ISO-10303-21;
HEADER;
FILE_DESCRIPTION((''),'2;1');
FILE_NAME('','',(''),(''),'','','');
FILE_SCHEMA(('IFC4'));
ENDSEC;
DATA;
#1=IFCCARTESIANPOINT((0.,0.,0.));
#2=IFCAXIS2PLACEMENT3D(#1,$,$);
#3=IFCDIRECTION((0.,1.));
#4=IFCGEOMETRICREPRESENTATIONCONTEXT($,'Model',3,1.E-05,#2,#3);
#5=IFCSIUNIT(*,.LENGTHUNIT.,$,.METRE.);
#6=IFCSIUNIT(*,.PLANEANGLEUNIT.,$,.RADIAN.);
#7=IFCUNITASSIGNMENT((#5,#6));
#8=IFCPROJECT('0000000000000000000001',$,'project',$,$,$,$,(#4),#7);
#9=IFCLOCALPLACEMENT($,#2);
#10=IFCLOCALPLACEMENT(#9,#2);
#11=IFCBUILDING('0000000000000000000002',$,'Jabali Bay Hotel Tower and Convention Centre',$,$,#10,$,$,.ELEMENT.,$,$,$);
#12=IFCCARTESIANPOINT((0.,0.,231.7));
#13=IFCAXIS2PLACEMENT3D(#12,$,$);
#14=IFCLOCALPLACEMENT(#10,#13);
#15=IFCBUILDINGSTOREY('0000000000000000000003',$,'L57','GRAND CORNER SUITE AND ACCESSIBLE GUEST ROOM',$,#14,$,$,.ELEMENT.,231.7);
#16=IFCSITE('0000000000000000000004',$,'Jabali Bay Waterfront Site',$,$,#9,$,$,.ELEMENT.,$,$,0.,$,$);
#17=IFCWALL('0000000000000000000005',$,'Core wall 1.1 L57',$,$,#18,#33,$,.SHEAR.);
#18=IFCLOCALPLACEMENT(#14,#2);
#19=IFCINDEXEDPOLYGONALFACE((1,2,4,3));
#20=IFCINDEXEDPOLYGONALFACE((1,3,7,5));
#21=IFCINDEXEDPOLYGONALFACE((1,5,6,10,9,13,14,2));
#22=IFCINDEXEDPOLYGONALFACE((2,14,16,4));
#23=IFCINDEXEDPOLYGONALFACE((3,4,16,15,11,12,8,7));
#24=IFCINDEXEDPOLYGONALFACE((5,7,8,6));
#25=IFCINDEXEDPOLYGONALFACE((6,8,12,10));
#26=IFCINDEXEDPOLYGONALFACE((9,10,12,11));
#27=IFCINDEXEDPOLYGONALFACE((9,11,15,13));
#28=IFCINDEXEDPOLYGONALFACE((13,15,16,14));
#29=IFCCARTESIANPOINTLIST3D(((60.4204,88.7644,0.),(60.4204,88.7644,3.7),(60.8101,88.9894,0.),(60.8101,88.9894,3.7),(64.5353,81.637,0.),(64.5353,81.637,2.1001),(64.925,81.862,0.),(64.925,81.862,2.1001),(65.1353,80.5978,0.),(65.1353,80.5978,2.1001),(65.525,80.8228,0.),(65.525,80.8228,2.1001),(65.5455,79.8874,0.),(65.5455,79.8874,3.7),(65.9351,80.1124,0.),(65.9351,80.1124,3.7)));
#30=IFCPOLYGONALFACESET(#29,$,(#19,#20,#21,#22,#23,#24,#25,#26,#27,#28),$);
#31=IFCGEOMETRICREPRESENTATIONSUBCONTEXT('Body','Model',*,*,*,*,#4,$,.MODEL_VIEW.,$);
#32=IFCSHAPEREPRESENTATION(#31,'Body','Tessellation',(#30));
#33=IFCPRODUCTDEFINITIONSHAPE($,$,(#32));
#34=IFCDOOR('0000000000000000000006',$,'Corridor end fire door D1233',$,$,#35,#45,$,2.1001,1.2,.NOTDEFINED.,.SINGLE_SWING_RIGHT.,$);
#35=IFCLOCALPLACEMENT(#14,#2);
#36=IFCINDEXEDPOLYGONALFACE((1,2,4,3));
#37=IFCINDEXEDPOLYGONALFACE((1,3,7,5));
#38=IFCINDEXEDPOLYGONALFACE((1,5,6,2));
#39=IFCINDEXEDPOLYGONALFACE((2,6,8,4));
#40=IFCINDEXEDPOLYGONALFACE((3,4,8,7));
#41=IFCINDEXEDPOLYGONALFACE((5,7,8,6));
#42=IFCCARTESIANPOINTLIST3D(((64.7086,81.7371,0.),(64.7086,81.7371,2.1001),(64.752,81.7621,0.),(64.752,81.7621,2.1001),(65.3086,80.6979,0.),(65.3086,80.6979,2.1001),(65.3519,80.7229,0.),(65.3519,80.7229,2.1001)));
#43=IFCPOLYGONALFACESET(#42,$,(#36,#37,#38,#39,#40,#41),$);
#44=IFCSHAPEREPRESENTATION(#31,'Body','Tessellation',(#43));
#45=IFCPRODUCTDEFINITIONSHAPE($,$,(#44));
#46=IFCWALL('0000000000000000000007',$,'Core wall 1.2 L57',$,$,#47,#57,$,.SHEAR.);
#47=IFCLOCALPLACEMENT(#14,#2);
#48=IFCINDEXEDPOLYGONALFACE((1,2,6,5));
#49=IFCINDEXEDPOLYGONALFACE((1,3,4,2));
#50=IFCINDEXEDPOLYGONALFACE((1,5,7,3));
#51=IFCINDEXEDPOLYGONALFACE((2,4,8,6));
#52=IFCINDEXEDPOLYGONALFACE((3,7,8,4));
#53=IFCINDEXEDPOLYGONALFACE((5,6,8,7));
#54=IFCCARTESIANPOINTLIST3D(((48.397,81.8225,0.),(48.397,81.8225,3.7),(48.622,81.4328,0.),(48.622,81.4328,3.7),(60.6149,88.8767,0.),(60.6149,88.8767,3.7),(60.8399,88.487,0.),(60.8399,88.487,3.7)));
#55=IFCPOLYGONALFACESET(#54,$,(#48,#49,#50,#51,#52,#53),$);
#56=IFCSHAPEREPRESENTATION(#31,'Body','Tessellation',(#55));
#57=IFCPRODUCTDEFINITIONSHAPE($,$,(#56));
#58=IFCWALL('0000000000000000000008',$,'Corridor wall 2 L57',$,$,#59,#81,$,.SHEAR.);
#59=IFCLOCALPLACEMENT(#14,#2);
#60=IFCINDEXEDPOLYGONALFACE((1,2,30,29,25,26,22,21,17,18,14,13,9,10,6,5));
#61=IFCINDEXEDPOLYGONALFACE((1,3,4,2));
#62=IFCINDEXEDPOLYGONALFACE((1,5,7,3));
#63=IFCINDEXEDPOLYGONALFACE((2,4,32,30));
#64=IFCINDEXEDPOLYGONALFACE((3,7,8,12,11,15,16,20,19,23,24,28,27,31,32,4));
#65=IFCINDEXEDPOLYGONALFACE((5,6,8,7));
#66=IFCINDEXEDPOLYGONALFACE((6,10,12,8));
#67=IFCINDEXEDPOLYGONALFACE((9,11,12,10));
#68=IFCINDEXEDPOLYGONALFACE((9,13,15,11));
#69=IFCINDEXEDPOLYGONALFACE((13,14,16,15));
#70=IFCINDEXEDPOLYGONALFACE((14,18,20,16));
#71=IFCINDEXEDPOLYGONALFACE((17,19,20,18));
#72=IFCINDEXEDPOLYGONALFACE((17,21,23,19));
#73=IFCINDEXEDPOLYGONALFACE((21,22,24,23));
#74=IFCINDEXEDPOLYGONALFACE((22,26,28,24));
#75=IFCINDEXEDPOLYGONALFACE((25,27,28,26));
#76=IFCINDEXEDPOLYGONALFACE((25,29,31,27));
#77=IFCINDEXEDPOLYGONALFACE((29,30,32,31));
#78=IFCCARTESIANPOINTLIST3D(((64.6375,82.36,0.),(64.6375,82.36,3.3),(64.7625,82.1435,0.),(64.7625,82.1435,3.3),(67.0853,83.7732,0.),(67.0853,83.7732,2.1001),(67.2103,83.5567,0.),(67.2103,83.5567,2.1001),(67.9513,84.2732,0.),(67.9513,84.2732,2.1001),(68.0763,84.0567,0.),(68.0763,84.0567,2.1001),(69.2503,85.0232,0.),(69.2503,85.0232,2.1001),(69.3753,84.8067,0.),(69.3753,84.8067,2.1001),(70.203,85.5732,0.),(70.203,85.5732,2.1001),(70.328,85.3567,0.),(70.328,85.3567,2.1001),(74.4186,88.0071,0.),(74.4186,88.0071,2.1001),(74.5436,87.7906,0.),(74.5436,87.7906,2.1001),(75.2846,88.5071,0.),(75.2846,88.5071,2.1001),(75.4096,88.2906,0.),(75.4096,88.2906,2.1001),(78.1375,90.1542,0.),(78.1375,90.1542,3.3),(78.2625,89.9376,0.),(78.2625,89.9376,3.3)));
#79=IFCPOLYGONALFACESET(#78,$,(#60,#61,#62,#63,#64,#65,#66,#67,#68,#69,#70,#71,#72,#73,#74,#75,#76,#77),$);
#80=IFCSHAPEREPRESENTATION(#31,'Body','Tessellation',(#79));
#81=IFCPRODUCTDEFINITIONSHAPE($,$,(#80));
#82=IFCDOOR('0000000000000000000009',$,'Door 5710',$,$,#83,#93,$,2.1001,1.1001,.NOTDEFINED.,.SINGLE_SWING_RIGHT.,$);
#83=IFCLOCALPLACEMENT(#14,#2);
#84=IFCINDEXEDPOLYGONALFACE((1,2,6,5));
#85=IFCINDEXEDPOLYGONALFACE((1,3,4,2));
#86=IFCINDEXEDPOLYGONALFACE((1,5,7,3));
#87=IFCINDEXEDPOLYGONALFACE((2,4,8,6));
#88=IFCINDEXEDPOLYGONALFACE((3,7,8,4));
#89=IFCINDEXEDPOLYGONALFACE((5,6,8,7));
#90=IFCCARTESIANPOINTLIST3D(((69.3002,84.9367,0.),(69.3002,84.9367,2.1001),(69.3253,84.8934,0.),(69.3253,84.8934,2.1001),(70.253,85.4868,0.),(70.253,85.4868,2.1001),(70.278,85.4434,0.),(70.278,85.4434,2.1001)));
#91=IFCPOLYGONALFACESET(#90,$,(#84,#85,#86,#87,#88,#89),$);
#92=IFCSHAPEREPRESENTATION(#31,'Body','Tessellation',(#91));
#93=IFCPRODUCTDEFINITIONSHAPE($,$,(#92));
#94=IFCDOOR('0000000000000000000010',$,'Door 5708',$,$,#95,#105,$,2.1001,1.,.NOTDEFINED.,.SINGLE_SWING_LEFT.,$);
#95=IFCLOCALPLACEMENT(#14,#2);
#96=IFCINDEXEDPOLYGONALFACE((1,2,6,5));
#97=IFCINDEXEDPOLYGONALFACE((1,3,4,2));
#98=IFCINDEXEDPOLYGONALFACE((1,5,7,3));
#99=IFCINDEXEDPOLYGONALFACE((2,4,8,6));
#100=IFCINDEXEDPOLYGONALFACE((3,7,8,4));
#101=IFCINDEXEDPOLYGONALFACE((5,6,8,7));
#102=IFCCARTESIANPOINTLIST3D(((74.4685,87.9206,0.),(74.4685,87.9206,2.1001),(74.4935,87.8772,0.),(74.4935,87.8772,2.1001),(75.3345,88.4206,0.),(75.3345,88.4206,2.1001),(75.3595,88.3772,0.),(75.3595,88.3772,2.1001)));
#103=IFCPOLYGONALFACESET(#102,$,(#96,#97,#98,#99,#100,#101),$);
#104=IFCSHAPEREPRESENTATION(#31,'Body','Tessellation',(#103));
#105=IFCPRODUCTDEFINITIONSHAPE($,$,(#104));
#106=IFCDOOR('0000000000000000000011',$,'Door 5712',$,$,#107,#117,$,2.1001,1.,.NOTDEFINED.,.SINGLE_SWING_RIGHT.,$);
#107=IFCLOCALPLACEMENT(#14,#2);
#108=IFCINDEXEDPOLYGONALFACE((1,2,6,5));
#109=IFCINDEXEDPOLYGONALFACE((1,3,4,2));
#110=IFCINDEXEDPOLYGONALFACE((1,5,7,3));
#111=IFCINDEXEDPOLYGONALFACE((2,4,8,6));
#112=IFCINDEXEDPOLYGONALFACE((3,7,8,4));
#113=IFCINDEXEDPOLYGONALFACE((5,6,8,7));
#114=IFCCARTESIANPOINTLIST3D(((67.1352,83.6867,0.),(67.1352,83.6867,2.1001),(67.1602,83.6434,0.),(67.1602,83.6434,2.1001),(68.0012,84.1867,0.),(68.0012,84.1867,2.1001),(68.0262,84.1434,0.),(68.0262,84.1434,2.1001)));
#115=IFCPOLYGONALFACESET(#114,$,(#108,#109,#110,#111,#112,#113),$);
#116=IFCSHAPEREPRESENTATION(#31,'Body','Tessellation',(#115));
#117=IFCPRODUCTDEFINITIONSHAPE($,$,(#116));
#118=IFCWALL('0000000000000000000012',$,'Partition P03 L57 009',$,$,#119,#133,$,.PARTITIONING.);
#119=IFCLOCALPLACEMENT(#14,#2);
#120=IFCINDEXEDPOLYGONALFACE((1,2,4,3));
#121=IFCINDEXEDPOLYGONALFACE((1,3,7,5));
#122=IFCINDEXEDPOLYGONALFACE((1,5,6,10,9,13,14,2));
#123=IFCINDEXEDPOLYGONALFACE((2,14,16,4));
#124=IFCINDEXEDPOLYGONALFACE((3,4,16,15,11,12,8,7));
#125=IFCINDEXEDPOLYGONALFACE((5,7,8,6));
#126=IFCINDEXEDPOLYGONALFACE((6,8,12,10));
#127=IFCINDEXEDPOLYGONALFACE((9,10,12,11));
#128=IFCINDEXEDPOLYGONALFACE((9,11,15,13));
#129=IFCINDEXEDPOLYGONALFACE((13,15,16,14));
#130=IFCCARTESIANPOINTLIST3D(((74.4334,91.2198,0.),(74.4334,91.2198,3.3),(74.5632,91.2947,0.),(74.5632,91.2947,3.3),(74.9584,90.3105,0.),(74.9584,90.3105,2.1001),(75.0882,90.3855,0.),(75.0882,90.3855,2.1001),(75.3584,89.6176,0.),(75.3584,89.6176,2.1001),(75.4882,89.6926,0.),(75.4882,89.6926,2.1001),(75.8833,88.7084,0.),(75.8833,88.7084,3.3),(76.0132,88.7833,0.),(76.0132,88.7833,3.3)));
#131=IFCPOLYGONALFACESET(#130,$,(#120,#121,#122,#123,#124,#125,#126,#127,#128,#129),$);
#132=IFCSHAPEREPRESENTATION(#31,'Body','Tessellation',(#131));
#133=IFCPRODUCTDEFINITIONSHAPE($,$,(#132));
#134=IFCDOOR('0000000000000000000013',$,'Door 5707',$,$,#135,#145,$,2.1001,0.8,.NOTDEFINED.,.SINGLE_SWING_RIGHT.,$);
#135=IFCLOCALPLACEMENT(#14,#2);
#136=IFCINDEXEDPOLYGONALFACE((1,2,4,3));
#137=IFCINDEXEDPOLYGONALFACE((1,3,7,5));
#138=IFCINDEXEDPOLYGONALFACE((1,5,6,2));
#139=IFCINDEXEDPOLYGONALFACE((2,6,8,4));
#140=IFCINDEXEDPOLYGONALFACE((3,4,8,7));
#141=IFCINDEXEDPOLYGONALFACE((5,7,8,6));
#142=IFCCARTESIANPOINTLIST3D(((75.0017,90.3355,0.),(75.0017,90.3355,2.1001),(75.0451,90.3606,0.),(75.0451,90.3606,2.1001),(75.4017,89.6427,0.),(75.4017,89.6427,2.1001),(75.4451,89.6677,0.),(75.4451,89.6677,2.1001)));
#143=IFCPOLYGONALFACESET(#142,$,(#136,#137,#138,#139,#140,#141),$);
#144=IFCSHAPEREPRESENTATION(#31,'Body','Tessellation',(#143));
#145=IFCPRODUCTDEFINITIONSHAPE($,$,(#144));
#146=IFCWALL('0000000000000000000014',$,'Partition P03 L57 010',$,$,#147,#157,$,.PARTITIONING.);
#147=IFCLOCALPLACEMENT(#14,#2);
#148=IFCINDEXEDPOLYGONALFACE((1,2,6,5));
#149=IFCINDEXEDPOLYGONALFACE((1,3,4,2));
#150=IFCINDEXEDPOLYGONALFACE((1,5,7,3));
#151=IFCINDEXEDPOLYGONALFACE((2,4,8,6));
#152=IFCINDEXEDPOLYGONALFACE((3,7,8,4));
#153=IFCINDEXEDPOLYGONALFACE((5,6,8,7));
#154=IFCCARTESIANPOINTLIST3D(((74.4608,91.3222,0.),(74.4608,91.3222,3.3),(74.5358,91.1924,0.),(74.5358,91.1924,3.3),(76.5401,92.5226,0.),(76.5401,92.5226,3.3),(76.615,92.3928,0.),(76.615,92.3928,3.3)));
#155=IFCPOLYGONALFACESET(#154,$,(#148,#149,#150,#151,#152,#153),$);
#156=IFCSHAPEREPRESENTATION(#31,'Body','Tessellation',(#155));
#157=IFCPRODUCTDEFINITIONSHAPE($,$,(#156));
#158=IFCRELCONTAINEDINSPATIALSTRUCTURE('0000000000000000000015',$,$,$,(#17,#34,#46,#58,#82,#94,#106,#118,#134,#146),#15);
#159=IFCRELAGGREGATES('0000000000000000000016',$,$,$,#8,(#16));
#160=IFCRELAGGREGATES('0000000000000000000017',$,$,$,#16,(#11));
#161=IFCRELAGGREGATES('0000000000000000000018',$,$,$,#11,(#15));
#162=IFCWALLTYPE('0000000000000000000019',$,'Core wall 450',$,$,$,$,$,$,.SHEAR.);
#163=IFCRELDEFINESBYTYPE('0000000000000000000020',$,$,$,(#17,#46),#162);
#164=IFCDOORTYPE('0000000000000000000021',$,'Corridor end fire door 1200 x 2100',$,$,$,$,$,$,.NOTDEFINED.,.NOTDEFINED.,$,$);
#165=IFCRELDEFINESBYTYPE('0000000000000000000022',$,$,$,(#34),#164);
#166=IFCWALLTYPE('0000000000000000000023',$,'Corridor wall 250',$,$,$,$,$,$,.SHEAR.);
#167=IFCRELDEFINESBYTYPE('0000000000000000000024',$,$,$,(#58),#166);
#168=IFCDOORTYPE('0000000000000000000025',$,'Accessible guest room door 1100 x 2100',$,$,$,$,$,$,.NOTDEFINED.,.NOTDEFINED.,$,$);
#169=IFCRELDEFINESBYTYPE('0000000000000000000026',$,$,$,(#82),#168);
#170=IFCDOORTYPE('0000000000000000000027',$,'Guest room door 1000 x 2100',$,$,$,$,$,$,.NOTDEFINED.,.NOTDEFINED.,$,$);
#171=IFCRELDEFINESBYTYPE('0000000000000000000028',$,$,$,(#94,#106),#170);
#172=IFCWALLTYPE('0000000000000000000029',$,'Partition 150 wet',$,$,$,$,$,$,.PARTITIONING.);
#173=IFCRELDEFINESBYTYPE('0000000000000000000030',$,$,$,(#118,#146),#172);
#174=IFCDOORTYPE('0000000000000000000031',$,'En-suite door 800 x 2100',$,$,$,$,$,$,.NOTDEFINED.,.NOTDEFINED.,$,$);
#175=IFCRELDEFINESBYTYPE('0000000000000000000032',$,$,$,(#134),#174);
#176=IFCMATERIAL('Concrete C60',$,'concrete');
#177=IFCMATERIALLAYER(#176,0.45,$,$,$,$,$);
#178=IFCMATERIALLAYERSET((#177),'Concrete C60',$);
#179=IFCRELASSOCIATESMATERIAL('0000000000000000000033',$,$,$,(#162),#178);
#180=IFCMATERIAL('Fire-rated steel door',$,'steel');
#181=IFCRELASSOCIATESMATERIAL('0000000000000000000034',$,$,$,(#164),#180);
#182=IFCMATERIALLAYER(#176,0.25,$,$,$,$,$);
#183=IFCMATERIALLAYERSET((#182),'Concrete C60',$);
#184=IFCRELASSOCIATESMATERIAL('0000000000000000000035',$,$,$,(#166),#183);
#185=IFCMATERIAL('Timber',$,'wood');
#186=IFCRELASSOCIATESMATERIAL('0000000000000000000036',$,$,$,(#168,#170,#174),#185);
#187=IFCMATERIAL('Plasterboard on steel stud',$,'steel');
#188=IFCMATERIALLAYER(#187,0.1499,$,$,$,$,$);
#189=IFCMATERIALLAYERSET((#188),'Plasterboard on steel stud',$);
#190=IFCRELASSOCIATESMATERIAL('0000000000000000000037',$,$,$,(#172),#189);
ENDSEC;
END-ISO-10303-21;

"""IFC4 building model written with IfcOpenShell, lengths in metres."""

from ifc_helpers import new_model, si_unit, direction, frame, frame_2d, origin, place, context, subcontext, project, spatial, rectangle, extrude, material, layer, layer_set, type_object, element, fill, save


model = new_model("IFC4")

# Units and contexts
model_context = context("Model", 3, precision=1e-05, world=origin(), true_north=direction((0.0, 1.0)))
body_context = subcontext(model_context, "Body", "Model", "MODEL_VIEW")
ifc_project = project(units=[si_unit("LENGTHUNIT", "METRE"), si_unit("PLANEANGLEUNIT", "RADIAN")], contexts=[model_context])

# Site, building, storey
site_placement = place(None, origin())
site = spatial("IfcSite", under=ifc_project, at=site_placement, Name="Jabali Bay Waterfront Site", CompositionType="ELEMENT", RefElevation=0.0)
building_placement = place(site_placement, origin())
building = spatial("IfcBuilding", under=site, at=building_placement, Name="Jabali Bay Hotel Tower and Convention Centre", CompositionType="ELEMENT")
storey_placement = place(building_placement, frame((0.0, 0.0, 231.7)))
storey = spatial("IfcBuildingStorey", under=building, at=storey_placement, Name="L57", Description="GRAND CORNER SUITE AND ACCESSIBLE GUEST ROOM", CompositionType="ELEMENT", Elevation=231.7)

# Shared definitions
ifc_material_1 = material(Name="Fire-rated steel door", Category="steel")

# Wall, opening, door
ifc_material_2 = material(Name="Concrete C60", Category="concrete")
ifc_layer_1 = layer(ifc_material_2, 0.45)
ifc_layer_set_1 = layer_set([ifc_layer_1], Name="Concrete C60")
wall_type_1 = type_object("IfcWallType", Name="Core wall 450", PredefinedType="SHEAR", material=ifc_layer_set_1)
wall_1_placement = place(storey_placement, frame((65.7402, 80.0, 0.0), z_axis=(0.0, 0.0, 1.0), x_axis=(-0.499992, 0.86603, 0.0)))
wall_1 = element("IfcWall", 1, at=wall_1_placement, inside=storey, type_object=wall_type_1, Name="Core wall 1.1 L57", PredefinedType="SHEAR", context=body_context, shape_type="SweptSolid", body=[
    extrude(rectangle(XDim=10.2502, YDim=0.45, at=frame_2d((5.125, 0.0))), origin(), (0.0, 0.0, 1.0), 3.7),
])
opening_1_placement = place(wall_1_placement, frame((0.8201, 0.0, 0.0)))
opening_1 = element("IfcOpeningElement", 2, at=opening_1_placement, cuts=wall_1, PredefinedType="OPENING", context=body_context, shape_type="SweptSolid", body=[
    extrude(rectangle(XDim=1.2, YDim=2.1001, at=frame_2d((0.6001, 1.05))), frame((0.0, 0.2354, 0.0), z_axis=(0.0, -1.0, 0.0), x_axis=(1.0, 0.0, 0.0)), (0.0, 0.0, 1.0), 0.4709),
])
door_type_1 = type_object("IfcDoorType", Name="Corridor end fire door 1200 x 2100", OperationType="NOTDEFINED", PredefinedType="NOTDEFINED", material=ifc_material_1)
door_1_placement = place(opening_1_placement, origin())
door_1 = element("IfcDoor", 3, at=door_1_placement, inside=storey, type_object=door_type_1, Name="Corridor end fire door D1233", OperationType="SINGLE_SWING_RIGHT", OverallHeight=2.1001, OverallWidth=1.2, PredefinedType="NOTDEFINED", context=body_context, shape_type="SweptSolid", body=[
    extrude(rectangle(XDim=1.2, YDim=2.1001, at=frame_2d((0.6001, 1.05))), frame((0.0, 0.0249, 0.0), z_axis=(0.0, -1.0, 0.0), x_axis=(1.0, 0.0, 0.0)), (0.0, 0.0, 1.0), 0.05),
])
fill(opening_1, door_1)

# Wall
wall_2_placement = place(storey_placement, frame((60.7275, 88.6819, 0.0), z_axis=(0.0, 0.0, 1.0), x_axis=(-0.866022, -0.500007, 0.0)))
element("IfcWall", 4, at=wall_2_placement, inside=storey, type_object=wall_type_1, Name="Core wall 1.2 L57", PredefinedType="SHEAR", context=body_context, shape_type="SweptSolid", body=[
    extrude(rectangle(XDim=14.1082, YDim=0.45, at=frame_2d((7.0542, 0.0))), origin(), (0.0, 0.0, 1.0), 3.7),
])

# Wall, openings, doors
ifc_layer_2 = layer(ifc_material_2, 0.25)
ifc_layer_set_2 = layer_set([ifc_layer_2], Name="Concrete C60")
wall_type_2 = type_object("IfcWallType", Name="Corridor wall 250", PredefinedType="SHEAR", material=ifc_layer_set_2)
wall_3_placement = place(storey_placement, frame((78.2, 90.0459, 0.0), z_axis=(0.0, 0.0, 1.0), x_axis=(-0.866026, -0.499998, 0.0)))
wall_3 = element("IfcWall", 5, at=wall_3_placement, inside=storey, type_object=wall_type_2, Name="Corridor wall 2 L57", PredefinedType="SHEAR", context=body_context, shape_type="SweptSolid", body=[
    extrude(rectangle(XDim=15.5884, YDim=0.25, at=frame_2d((7.7942, 0.0))), origin(), (0.0, 0.0, 1.0), 3.3),
])
opening_2_placement = place(wall_3_placement, frame((3.2942, 0.0, 0.0)))
opening_2 = element("IfcOpeningElement", 6, at=opening_2_placement, cuts=wall_3, PredefinedType="OPENING", context=body_context, shape_type="SweptSolid", body=[
    extrude(rectangle(XDim=1.0, YDim=2.1001, at=frame_2d((0.5, 1.05))), frame((0.0, 0.1355, 0.0), z_axis=(0.0, -1.0, 0.0), x_axis=(1.0, 0.0, 0.0)), (0.0, 0.0, 1.0), 0.271),
])
opening_3_placement = place(wall_3_placement, frame((9.1619, 0.0, 0.0)))
opening_3 = element("IfcOpeningElement", 7, at=opening_3_placement, cuts=wall_3, PredefinedType="OPENING", context=body_context, shape_type="SweptSolid", body=[
    extrude(rectangle(XDim=1.1001, YDim=2.1001, at=frame_2d((0.55, 1.05))), frame((0.0, 0.1355, 0.0), z_axis=(0.0, -1.0, 0.0), x_axis=(1.0, 0.0, 0.0)), (0.0, 0.0, 1.0), 0.271),
])
opening_4_placement = place(wall_3_placement, frame((11.762, 0.0, 0.0)))
opening_4 = element("IfcOpeningElement", 8, at=opening_4_placement, cuts=wall_3, PredefinedType="OPENING", context=body_context, shape_type="SweptSolid", body=[
    extrude(rectangle(XDim=1.0, YDim=2.1001, at=frame_2d((0.5, 1.05))), frame((0.0, 0.1355, 0.0), z_axis=(0.0, -1.0, 0.0), x_axis=(1.0, 0.0, 0.0)), (0.0, 0.0, 1.0), 0.271),
])
ifc_material_3 = material(Name="Timber", Category="wood")
door_type_2 = type_object("IfcDoorType", Name="Accessible guest room door 1100 x 2100", OperationType="NOTDEFINED", PredefinedType="NOTDEFINED", material=ifc_material_3)
door_2_placement = place(opening_3_placement, origin())
door_2 = element("IfcDoor", 9, at=door_2_placement, inside=storey, type_object=door_type_2, Name="Door 5710", OperationType="SINGLE_SWING_RIGHT", OverallHeight=2.1001, OverallWidth=1.1001, PredefinedType="NOTDEFINED", context=body_context, shape_type="SweptSolid", body=[
    extrude(rectangle(XDim=1.1001, YDim=2.1001, at=frame_2d((0.55, 1.05))), frame((0.0, 0.0249, 0.0), z_axis=(0.0, -1.0, 0.0), x_axis=(1.0, 0.0, 0.0)), (0.0, 0.0, 1.0), 0.05),
])
fill(opening_3, door_2)
door_type_3 = type_object("IfcDoorType", Name="Guest room door 1000 x 2100", OperationType="NOTDEFINED", PredefinedType="NOTDEFINED", material=ifc_material_3)
door_3_placement = place(opening_2_placement, origin())
door_3 = element("IfcDoor", 10, at=door_3_placement, inside=storey, type_object=door_type_3, Name="Door 5708", OperationType="SINGLE_SWING_LEFT", OverallHeight=2.1001, OverallWidth=1.0, PredefinedType="NOTDEFINED", context=body_context, shape_type="SweptSolid", body=[
    extrude(rectangle(XDim=1.0, YDim=2.1001, at=frame_2d((0.5, 1.05))), frame((0.0, 0.0249, 0.0), z_axis=(0.0, -1.0, 0.0), x_axis=(1.0, 0.0, 0.0)), (0.0, 0.0, 1.0), 0.05),
])
fill(opening_2, door_3)
door_4_placement = place(opening_4_placement, origin())
door_4 = element("IfcDoor", 11, at=door_4_placement, inside=storey, type_object=door_type_3, Name="Door 5712", OperationType="SINGLE_SWING_RIGHT", OverallHeight=2.1001, OverallWidth=1.0, PredefinedType="NOTDEFINED", context=body_context, shape_type="SweptSolid", body=[
    extrude(rectangle(XDim=1.0, YDim=2.1001, at=frame_2d((0.5, 1.05))), frame((0.0, 0.0249, 0.0), z_axis=(0.0, -1.0, 0.0), x_axis=(1.0, 0.0, 0.0)), (0.0, 0.0, 1.0), 0.05),
])
fill(opening_4, door_4)

# Wall, opening, door
ifc_material_4 = material(Name="Plasterboard on steel stud", Category="steel")
ifc_layer_3 = layer(ifc_material_4, 0.1499)
ifc_layer_set_3 = layer_set([ifc_layer_3], Name="Plasterboard on steel stud")
wall_type_3 = type_object("IfcWallType", Name="Partition 150 wet", PredefinedType="PARTITIONING", material=ifc_layer_set_3)
wall_4_placement = place(storey_placement, frame((75.9482, 88.7458, 0.0), z_axis=(0.0, 0.0, 1.0), x_axis=(-0.499987, 0.866033, 0.0)))
wall_4 = element("IfcWall", 12, at=wall_4_placement, inside=storey, type_object=wall_type_3, Name="Partition P03 L57 009", PredefinedType="PARTITIONING", context=body_context, shape_type="SweptSolid", body=[
    extrude(rectangle(XDim=2.8999, YDim=0.1499, at=frame_2d((1.45, 0.0))), origin(), (0.0, 0.0, 1.0), 3.3),
])
opening_5_placement = place(wall_4_placement, frame((1.05, 0.0, 0.0)))
opening_5 = element("IfcOpeningElement", 13, at=opening_5_placement, cuts=wall_4, PredefinedType="OPENING", context=body_context, shape_type="SweptSolid", body=[
    extrude(rectangle(XDim=0.8, YDim=2.1001, at=frame_2d((0.3999, 1.05))), frame((0.0, 0.0854, 0.0), z_axis=(0.0, -1.0, 0.0), x_axis=(1.0, 0.0, 0.0)), (0.0, 0.0, 1.0), 0.1709),
])
door_type_4 = type_object("IfcDoorType", Name="En-suite door 800 x 2100", OperationType="NOTDEFINED", PredefinedType="NOTDEFINED", material=ifc_material_3)
door_5_placement = place(opening_5_placement, origin())
door_5 = element("IfcDoor", 14, at=door_5_placement, inside=storey, type_object=door_type_4, Name="Door 5707", OperationType="SINGLE_SWING_RIGHT", OverallHeight=2.1001, OverallWidth=0.8, PredefinedType="NOTDEFINED", context=body_context, shape_type="SweptSolid", body=[
    extrude(rectangle(XDim=0.8, YDim=2.1001, at=frame_2d((0.3999, 1.05))), frame((0.0, 0.0249, 0.0), z_axis=(0.0, -1.0, 0.0), x_axis=(1.0, 0.0, 0.0)), (0.0, 0.0, 1.0), 0.05),
])
fill(opening_5, door_5)

# Wall
wall_5_placement = place(storey_placement, frame((74.4983, 91.2573, 0.0), z_axis=(0.0, 0.0, 1.0), x_axis=(0.866038, 0.499978, 0.0)))
element("IfcWall", 15, at=wall_5_placement, inside=storey, type_object=wall_type_3, Name="Partition P03 L57 010", PredefinedType="PARTITIONING", context=body_context, shape_type="SweptSolid", body=[
    extrude(rectangle(XDim=2.4009, YDim=0.1499, at=frame_2d((1.2004, 0.0))), origin(), (0.0, 0.0, 1.0), 3.3),
])

save(model, "model.ifc")
